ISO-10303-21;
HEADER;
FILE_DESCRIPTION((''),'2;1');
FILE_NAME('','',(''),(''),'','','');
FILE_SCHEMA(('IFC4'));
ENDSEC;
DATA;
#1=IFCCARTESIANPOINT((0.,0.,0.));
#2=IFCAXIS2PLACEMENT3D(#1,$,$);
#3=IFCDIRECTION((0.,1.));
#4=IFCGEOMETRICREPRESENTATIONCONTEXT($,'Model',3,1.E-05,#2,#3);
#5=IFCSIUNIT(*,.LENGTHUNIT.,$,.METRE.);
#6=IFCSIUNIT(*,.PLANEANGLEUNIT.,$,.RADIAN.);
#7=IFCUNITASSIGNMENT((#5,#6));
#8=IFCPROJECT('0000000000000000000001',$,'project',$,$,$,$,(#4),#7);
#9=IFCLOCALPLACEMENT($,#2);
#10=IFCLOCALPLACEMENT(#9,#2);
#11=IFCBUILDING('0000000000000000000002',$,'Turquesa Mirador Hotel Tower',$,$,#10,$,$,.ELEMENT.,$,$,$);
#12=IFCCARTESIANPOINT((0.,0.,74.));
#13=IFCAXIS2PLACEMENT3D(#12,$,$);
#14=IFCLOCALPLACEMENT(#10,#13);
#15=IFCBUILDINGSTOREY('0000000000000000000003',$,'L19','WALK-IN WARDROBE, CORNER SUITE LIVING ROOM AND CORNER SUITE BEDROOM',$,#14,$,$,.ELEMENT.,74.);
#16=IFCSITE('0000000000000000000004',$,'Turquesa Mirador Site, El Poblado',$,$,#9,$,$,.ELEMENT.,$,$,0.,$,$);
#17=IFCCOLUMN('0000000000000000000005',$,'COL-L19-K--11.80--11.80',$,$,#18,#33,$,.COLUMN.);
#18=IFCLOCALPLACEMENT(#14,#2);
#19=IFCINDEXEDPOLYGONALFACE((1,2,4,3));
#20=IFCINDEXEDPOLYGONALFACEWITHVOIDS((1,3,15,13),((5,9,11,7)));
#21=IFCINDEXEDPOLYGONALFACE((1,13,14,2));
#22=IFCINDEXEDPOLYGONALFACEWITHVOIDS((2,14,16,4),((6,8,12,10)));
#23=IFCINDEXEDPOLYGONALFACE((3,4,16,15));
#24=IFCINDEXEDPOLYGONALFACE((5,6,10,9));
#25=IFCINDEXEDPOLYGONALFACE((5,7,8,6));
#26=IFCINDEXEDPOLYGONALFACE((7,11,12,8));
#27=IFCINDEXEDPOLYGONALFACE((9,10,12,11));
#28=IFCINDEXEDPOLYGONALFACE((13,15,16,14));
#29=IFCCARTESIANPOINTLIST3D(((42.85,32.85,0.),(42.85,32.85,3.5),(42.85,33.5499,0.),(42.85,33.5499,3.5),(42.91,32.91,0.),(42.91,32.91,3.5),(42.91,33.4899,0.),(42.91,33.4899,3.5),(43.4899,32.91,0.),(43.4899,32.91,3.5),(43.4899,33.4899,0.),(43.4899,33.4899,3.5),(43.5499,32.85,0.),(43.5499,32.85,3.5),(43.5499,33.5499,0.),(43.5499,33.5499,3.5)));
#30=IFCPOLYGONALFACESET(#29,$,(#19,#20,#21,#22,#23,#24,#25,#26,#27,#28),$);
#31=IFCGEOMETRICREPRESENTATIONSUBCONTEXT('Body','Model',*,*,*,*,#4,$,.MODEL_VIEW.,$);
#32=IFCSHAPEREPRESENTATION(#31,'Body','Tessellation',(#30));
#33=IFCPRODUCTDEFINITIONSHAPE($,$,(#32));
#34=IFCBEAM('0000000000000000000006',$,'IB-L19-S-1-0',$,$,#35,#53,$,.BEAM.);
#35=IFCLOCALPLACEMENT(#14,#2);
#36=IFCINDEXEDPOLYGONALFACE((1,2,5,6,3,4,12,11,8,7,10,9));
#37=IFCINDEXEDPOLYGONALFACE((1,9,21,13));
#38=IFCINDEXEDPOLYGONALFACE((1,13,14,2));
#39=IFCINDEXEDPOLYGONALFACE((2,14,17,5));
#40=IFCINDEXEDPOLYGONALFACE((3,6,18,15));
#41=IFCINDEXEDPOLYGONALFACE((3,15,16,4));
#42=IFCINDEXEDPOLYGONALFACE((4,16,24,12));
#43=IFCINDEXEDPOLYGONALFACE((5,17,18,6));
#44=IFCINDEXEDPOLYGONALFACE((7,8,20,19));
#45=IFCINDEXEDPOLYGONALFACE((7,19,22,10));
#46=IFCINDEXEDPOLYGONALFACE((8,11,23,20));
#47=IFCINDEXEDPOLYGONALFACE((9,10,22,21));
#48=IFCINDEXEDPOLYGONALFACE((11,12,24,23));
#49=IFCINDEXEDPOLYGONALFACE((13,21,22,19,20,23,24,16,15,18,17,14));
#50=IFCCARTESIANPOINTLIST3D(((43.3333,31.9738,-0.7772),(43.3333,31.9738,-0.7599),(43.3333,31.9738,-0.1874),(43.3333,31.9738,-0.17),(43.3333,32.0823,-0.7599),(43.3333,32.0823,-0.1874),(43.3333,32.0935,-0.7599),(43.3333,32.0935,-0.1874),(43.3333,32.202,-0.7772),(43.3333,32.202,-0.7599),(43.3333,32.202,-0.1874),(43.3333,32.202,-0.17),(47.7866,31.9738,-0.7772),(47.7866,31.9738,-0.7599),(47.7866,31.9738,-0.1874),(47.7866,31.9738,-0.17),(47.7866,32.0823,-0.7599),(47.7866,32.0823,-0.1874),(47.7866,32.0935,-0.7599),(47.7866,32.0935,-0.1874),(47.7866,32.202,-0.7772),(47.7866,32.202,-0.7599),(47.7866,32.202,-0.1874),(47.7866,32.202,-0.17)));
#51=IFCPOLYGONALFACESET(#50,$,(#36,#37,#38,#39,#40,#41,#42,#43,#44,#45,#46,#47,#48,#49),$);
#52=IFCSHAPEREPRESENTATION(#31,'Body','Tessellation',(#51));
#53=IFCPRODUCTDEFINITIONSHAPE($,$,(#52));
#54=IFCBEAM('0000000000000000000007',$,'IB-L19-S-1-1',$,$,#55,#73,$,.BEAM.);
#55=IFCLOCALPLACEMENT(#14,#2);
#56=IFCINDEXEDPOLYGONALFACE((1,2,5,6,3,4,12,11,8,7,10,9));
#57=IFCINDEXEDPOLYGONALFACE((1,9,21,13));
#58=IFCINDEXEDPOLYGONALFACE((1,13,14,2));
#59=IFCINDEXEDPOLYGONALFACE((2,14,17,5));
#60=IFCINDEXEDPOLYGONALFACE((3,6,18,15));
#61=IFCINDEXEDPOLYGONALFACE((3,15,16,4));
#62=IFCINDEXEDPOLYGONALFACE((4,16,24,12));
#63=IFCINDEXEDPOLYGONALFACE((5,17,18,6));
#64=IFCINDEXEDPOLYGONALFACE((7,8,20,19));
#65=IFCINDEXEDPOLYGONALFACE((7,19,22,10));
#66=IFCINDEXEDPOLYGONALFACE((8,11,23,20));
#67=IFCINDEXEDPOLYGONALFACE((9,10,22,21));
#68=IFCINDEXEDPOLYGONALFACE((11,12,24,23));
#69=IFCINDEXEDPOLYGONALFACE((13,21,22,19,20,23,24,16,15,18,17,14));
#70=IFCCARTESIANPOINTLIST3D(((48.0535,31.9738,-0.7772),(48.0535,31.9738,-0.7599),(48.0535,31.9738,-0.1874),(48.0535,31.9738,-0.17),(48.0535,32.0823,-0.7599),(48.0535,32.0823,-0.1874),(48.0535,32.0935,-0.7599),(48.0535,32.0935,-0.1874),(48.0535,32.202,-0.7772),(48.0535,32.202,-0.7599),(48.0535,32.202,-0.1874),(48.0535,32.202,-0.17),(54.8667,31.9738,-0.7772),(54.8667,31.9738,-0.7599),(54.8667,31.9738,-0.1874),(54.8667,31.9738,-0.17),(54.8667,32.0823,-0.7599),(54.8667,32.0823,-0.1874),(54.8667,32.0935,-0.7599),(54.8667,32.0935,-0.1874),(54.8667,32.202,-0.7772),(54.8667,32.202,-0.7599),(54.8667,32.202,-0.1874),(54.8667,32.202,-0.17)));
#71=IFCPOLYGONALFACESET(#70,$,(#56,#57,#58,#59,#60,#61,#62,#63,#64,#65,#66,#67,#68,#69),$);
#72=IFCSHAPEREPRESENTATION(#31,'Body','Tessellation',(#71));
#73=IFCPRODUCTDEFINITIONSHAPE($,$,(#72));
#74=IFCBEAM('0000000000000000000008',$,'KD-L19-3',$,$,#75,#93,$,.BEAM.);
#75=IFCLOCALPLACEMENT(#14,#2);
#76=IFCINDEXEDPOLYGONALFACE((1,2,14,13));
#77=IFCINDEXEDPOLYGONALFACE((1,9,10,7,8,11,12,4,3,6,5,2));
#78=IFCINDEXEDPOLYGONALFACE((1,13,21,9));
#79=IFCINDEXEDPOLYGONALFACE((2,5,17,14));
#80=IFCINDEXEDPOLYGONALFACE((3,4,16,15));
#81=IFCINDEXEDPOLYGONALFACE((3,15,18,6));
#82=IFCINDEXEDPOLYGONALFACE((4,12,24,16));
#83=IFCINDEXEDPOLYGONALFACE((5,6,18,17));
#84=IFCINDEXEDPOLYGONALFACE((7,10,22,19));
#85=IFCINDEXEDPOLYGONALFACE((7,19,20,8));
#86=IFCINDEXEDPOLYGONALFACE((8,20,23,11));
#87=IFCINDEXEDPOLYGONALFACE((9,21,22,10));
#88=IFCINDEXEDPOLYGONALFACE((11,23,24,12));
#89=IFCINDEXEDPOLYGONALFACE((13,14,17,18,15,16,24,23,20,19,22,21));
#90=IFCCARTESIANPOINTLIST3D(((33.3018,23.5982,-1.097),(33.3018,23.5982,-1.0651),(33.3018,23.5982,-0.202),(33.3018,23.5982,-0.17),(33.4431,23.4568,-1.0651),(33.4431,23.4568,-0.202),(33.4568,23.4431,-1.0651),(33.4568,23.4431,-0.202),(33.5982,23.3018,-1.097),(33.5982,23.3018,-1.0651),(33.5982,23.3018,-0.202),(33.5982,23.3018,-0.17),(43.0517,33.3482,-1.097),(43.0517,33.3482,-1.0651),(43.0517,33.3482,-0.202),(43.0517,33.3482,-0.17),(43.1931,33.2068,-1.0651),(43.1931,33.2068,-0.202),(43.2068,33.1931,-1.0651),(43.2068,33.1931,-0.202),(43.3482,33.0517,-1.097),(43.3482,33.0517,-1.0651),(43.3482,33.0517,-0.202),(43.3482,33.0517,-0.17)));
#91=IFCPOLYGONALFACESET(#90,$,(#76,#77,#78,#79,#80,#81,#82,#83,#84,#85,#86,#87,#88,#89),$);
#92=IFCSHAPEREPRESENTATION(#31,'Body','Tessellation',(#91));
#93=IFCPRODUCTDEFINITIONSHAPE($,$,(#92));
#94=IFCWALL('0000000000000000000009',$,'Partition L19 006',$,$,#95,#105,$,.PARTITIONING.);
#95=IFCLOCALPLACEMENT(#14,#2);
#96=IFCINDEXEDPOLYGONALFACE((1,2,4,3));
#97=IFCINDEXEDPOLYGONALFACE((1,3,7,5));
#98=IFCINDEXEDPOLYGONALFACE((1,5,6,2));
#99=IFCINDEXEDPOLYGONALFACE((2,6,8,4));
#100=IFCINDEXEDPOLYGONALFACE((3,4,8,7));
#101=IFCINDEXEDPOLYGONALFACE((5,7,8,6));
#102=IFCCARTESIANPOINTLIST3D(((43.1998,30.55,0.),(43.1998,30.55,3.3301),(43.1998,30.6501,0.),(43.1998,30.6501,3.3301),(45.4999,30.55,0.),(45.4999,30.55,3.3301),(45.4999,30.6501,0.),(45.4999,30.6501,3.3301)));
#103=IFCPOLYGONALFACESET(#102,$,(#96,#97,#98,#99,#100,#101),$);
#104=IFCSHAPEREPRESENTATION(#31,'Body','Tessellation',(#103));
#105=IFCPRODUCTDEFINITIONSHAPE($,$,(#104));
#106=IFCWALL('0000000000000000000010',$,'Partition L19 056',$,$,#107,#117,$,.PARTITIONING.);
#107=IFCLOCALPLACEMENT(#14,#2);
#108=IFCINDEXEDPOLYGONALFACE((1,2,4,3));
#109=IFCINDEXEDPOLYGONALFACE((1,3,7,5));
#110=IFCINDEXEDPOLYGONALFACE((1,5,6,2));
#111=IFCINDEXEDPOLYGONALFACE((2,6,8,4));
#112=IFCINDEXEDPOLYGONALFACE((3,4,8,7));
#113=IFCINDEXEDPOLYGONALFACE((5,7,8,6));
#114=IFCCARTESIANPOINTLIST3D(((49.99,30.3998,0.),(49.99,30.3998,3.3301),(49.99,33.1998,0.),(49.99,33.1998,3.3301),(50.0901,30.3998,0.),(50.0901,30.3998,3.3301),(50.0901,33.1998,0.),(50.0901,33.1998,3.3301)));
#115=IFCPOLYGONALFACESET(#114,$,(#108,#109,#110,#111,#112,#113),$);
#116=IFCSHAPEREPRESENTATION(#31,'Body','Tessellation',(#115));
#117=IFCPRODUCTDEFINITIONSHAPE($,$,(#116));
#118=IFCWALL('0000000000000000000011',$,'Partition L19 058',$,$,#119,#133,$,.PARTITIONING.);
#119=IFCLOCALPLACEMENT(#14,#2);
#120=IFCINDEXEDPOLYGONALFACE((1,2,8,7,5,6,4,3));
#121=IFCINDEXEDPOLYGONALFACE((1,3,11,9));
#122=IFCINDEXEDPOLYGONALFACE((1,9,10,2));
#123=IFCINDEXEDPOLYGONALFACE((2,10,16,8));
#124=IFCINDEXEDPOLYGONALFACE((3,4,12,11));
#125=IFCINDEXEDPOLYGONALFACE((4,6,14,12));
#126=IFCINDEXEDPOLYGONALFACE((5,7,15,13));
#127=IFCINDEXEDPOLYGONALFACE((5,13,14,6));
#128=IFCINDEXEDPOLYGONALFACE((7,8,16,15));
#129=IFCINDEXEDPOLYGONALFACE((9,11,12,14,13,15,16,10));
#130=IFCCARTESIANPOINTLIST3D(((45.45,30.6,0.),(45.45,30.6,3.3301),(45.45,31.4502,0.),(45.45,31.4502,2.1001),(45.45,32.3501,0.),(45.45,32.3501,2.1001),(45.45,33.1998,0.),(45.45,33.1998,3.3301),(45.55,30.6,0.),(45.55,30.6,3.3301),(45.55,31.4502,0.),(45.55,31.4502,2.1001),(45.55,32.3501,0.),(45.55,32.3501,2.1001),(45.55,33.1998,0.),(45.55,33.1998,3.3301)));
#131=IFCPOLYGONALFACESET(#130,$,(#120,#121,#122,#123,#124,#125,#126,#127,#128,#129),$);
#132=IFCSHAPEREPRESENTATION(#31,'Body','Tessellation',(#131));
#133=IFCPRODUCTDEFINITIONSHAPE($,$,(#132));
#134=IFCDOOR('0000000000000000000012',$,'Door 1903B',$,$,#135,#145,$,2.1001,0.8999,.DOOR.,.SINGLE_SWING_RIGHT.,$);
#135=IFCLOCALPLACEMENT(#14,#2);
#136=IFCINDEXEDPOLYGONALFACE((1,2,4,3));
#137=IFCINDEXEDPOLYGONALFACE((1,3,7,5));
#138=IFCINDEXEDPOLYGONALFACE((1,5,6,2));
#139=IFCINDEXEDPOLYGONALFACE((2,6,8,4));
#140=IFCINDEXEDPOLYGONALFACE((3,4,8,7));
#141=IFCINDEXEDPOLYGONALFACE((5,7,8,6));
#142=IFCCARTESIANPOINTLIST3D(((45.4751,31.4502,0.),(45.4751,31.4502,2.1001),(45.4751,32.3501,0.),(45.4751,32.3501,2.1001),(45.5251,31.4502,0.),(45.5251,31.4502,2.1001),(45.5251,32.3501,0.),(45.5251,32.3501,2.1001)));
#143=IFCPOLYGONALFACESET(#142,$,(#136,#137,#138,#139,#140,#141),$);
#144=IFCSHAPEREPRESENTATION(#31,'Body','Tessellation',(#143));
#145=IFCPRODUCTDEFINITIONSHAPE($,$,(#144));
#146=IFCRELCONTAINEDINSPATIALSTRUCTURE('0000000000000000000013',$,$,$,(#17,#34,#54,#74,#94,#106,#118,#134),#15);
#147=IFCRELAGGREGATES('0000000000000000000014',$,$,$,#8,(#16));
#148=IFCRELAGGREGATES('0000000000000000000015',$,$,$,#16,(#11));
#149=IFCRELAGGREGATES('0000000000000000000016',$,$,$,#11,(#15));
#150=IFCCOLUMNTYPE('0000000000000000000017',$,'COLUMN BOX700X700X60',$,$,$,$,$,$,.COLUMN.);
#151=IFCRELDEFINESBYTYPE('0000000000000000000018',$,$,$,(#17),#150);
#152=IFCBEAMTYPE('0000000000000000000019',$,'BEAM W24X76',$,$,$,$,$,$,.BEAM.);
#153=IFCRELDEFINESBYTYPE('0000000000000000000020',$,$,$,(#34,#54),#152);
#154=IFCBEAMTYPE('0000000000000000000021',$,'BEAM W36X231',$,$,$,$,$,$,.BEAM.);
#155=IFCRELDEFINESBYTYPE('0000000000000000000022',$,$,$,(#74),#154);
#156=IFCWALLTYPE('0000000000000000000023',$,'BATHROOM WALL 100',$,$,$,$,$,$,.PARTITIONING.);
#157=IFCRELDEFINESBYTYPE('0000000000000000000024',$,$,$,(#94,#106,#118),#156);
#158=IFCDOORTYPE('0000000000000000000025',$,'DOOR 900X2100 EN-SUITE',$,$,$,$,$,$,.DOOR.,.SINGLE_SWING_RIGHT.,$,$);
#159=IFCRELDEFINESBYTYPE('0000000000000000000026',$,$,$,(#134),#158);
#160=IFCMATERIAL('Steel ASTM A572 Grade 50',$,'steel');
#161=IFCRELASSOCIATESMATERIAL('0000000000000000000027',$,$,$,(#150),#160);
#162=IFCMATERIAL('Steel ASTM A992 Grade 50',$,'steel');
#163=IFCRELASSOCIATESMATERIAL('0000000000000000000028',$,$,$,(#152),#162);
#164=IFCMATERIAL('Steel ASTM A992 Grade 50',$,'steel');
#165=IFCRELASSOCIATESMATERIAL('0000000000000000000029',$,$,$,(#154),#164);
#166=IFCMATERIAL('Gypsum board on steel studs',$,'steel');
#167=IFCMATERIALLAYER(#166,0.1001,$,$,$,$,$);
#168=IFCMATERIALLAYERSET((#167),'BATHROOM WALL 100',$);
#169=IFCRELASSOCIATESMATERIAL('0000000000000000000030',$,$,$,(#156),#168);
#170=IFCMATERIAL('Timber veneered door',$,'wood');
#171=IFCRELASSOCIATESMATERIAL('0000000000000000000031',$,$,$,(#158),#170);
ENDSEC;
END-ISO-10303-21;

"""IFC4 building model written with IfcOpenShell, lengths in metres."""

from ifc_helpers import new_model, si_unit, direction, frame, frame_2d, origin, origin_2d, place, context, subcontext, project, spatial, rectangle, hollow_rectangle, i_section, extrude, material, layer, layer_set, material_profile, profile_set, type_object, element, fill, save


model = new_model("IFC4")

# Units and contexts
model_context = context("Model", 3, precision=1e-05, world=origin(), true_north=direction((0.0, 1.0)))
body_context = subcontext(model_context, "Body", "Model", "MODEL_VIEW")
ifc_project = project(units=[si_unit("LENGTHUNIT", "METRE"), si_unit("PLANEANGLEUNIT", "RADIAN")], contexts=[model_context])

# Site, building, storey
site_placement = place(None, origin())
site = spatial("IfcSite", under=ifc_project, at=site_placement, Name="Turquesa Mirador Site, El Poblado", CompositionType="ELEMENT", RefElevation=0.0)
building_placement = place(site_placement, origin())
building = spatial("IfcBuilding", under=site, at=building_placement, Name="Turquesa Mirador Hotel Tower", CompositionType="ELEMENT")
storey_placement = place(building_placement, frame((0.0, 0.0, 74.0)))
storey = spatial("IfcBuildingStorey", under=building, at=storey_placement, Name="L19", Description="WALK-IN WARDROBE, CORNER SUITE LIVING ROOM AND CORNER SUITE BEDROOM", CompositionType="ELEMENT", Elevation=74.0)

# Column
ifc_material_1 = material(Name="Steel ASTM A572 Grade 50", Category="steel")
ifc_material_profile_1 = material_profile(ifc_material_1, hollow_rectangle(XDim=0.7, YDim=0.7, WallThickness=0.0601, at=origin_2d()), Name="BOX700X700X60")
ifc_profile_set_1 = profile_set([ifc_material_profile_1], Name="Steel ASTM A572 Grade 50")
column_type = type_object("IfcColumnType", Name="COLUMN BOX700X700X60", PredefinedType="COLUMN", material=ifc_profile_set_1)
column_placement = place(storey_placement, frame((43.2, 33.2, 0.0), z_axis=(0.0, 0.0, 1.0), x_axis=(1.0, 0.0, 0.0)))
element("IfcColumn", 1, at=column_placement, inside=storey, type_object=column_type, Name="COL-L19-K--11.80--11.80", PredefinedType="COLUMN", context=body_context, shape_type="SweptSolid", body=[
    extrude(hollow_rectangle(XDim=0.7, YDim=0.7, WallThickness=0.0601, at=origin_2d()), origin(), (0.0, 0.0, 1.0), 3.5),
])

# Beams
ifc_material_2 = material(Name="Steel ASTM A992 Grade 50", Category="steel")
ifc_material_profile_2 = material_profile(ifc_material_2, i_section(OverallWidth=0.2283, OverallDepth=0.6072, WebThickness=0.0112, FlangeThickness=0.0173, at=origin_2d()), Name="W24X76")
ifc_profile_set_2 = profile_set([ifc_material_profile_2], Name="Steel ASTM A992 Grade 50")
beam_type_1 = type_object("IfcBeamType", Name="BEAM W24X76", PredefinedType="BEAM", material=ifc_profile_set_2)
beam_1_placement = place(storey_placement, frame((43.3333, 32.0879, -0.4736), z_axis=(1.0, 0.0, 0.0), x_axis=(0.0, 1.0, 0.0)))
element("IfcBeam", 2, at=beam_1_placement, inside=storey, type_object=beam_type_1, Name="IB-L19-S-1-0", PredefinedType="BEAM", context=body_context, shape_type="SweptSolid", body=[
    extrude(i_section(OverallWidth=0.2283, OverallDepth=0.6072, WebThickness=0.0112, FlangeThickness=0.0173, at=origin_2d()), origin(), (0.0, 0.0, 1.0), 4.4534),
])
beam_2_placement = place(storey_placement, frame((48.0535, 32.0879, -0.4736), z_axis=(1.0, 0.0, 0.0), x_axis=(0.0, 1.0, 0.0)))
element("IfcBeam", 3, at=beam_2_placement, inside=storey, type_object=beam_type_1, Name="IB-L19-S-1-1", PredefinedType="BEAM", context=body_context, shape_type="SweptSolid", body=[
    extrude(i_section(OverallWidth=0.2283, OverallDepth=0.6072, WebThickness=0.0112, FlangeThickness=0.0173, at=origin_2d()), origin(), (0.0, 0.0, 1.0), 6.8132),
])
ifc_material_3 = material(Name="Steel ASTM A992 Grade 50", Category="steel")
ifc_material_profile_3 = material_profile(ifc_material_3, i_section(OverallWidth=0.4192, OverallDepth=0.927, WebThickness=0.0193, FlangeThickness=0.032, at=origin_2d()), Name="W36X231")
ifc_profile_set_3 = profile_set([ifc_material_profile_3], Name="Steel ASTM A992 Grade 50")
beam_type_2 = type_object("IfcBeamType", Name="BEAM W36X231", PredefinedType="BEAM", material=ifc_profile_set_3)
beam_3_placement = place(storey_placement, frame((43.2, 33.2, -0.6335), z_axis=(-0.707107, -0.707107, 0.0), x_axis=(0.707107, -0.707107, 0.0)))
element("IfcBeam", 4, at=beam_3_placement, inside=storey, type_object=beam_type_2, Name="KD-L19-3", PredefinedType="BEAM", context=body_context, shape_type="SweptSolid", body=[
    extrude(i_section(OverallWidth=0.4192, OverallDepth=0.927, WebThickness=0.0193, FlangeThickness=0.032, at=origin_2d()), origin(), (0.0, 0.0, 1.0), 13.7886),
])

# Walls
ifc_material_4 = material(Name="Gypsum board on steel studs", Category="steel")
ifc_layer_1 = layer(ifc_material_4, 0.1001)
ifc_layer_set_1 = layer_set([ifc_layer_1], Name="BATHROOM WALL 100")
wall_type_1 = type_object("IfcWallType", Name="BATHROOM WALL 100", PredefinedType="PARTITIONING", material=ifc_layer_set_1)
wall_1_placement = place(storey_placement, frame((43.2, 30.6001, 0.0), z_axis=(0.0, 0.0, 1.0), x_axis=(1.0, 0.0, 0.0)))
element("IfcWall", 5, at=wall_1_placement, inside=storey, type_object=wall_type_1, Name="Partition L19 006", PredefinedType="PARTITIONING", context=body_context, shape_type="SweptSolid", body=[
    extrude(rectangle(XDim=2.3, YDim=0.1001, at=frame_2d((1.1499, 0.0))), origin(), (0.0, 0.0, 1.0), 3.3301),
])
wall_2_placement = place(storey_placement, frame((50.04, 30.3999, 0.0), z_axis=(0.0, 0.0, 1.0), x_axis=(0.0, 1.0, 0.0)))
element("IfcWall", 6, at=wall_2_placement, inside=storey, type_object=wall_type_1, Name="Partition L19 056", PredefinedType="PARTITIONING", context=body_context, shape_type="SweptSolid", body=[
    extrude(rectangle(XDim=2.8, YDim=0.1001, at=frame_2d((1.3999, 0.0))), origin(), (0.0, 0.0, 1.0), 3.3301),
])

# Wall, opening, door
wall_3_placement = place(storey_placement, frame((45.5, 30.6001, 0.0), z_axis=(0.0, 0.0, 1.0), x_axis=(0.0, 1.0, 0.0)))
wall_3 = element("IfcWall", 7, at=wall_3_placement, inside=storey, type_object=wall_type_1, Name="Partition L19 058", PredefinedType="PARTITIONING", context=body_context, shape_type="SweptSolid", body=[
    extrude(rectangle(XDim=2.5999, YDim=0.1001, at=frame_2d((1.2998, 0.0))), origin(), (0.0, 0.0, 1.0), 3.3301),
])
opening_1_placement = place(wall_3_placement, frame((0.8501, 0.0, 0.0)))
opening_1 = element("IfcOpeningElement", 8, at=opening_1_placement, cuts=wall_3, PredefinedType="OPENING", context=body_context, shape_type="SweptSolid", body=[
    extrude(rectangle(XDim=0.8999, YDim=2.1001, at=frame_2d((0.45, 1.05))), frame((0.0, 0.0601, 0.0), z_axis=(0.0, -1.0, 0.0), x_axis=(1.0, 0.0, 0.0)), (0.0, 0.0, 1.0), 0.1201),
])
ifc_material_5 = material(Name="Timber veneered door", Category="wood")
door_type_1 = type_object("IfcDoorType", Name="DOOR 900X2100 EN-SUITE", OperationType="SINGLE_SWING_RIGHT", PredefinedType="DOOR", material=ifc_material_5)
door_1_placement = place(opening_1_placement, origin())
door_1 = element("IfcDoor", 9, at=door_1_placement, inside=storey, type_object=door_type_1, Name="Door 1903B", OperationType="SINGLE_SWING_RIGHT", OverallHeight=2.1001, OverallWidth=0.8999, PredefinedType="DOOR", context=body_context, shape_type="SweptSolid", body=[
    extrude(rectangle(XDim=0.8999, YDim=2.1001, at=frame_2d((0.45, 1.05))), frame((0.0, 0.0249, 0.0), z_axis=(0.0, -1.0, 0.0), x_axis=(1.0, 0.0, 0.0)), (0.0, 0.0, 1.0), 0.05),
])
fill(opening_1, door_1)

save(model, "model.ifc")
